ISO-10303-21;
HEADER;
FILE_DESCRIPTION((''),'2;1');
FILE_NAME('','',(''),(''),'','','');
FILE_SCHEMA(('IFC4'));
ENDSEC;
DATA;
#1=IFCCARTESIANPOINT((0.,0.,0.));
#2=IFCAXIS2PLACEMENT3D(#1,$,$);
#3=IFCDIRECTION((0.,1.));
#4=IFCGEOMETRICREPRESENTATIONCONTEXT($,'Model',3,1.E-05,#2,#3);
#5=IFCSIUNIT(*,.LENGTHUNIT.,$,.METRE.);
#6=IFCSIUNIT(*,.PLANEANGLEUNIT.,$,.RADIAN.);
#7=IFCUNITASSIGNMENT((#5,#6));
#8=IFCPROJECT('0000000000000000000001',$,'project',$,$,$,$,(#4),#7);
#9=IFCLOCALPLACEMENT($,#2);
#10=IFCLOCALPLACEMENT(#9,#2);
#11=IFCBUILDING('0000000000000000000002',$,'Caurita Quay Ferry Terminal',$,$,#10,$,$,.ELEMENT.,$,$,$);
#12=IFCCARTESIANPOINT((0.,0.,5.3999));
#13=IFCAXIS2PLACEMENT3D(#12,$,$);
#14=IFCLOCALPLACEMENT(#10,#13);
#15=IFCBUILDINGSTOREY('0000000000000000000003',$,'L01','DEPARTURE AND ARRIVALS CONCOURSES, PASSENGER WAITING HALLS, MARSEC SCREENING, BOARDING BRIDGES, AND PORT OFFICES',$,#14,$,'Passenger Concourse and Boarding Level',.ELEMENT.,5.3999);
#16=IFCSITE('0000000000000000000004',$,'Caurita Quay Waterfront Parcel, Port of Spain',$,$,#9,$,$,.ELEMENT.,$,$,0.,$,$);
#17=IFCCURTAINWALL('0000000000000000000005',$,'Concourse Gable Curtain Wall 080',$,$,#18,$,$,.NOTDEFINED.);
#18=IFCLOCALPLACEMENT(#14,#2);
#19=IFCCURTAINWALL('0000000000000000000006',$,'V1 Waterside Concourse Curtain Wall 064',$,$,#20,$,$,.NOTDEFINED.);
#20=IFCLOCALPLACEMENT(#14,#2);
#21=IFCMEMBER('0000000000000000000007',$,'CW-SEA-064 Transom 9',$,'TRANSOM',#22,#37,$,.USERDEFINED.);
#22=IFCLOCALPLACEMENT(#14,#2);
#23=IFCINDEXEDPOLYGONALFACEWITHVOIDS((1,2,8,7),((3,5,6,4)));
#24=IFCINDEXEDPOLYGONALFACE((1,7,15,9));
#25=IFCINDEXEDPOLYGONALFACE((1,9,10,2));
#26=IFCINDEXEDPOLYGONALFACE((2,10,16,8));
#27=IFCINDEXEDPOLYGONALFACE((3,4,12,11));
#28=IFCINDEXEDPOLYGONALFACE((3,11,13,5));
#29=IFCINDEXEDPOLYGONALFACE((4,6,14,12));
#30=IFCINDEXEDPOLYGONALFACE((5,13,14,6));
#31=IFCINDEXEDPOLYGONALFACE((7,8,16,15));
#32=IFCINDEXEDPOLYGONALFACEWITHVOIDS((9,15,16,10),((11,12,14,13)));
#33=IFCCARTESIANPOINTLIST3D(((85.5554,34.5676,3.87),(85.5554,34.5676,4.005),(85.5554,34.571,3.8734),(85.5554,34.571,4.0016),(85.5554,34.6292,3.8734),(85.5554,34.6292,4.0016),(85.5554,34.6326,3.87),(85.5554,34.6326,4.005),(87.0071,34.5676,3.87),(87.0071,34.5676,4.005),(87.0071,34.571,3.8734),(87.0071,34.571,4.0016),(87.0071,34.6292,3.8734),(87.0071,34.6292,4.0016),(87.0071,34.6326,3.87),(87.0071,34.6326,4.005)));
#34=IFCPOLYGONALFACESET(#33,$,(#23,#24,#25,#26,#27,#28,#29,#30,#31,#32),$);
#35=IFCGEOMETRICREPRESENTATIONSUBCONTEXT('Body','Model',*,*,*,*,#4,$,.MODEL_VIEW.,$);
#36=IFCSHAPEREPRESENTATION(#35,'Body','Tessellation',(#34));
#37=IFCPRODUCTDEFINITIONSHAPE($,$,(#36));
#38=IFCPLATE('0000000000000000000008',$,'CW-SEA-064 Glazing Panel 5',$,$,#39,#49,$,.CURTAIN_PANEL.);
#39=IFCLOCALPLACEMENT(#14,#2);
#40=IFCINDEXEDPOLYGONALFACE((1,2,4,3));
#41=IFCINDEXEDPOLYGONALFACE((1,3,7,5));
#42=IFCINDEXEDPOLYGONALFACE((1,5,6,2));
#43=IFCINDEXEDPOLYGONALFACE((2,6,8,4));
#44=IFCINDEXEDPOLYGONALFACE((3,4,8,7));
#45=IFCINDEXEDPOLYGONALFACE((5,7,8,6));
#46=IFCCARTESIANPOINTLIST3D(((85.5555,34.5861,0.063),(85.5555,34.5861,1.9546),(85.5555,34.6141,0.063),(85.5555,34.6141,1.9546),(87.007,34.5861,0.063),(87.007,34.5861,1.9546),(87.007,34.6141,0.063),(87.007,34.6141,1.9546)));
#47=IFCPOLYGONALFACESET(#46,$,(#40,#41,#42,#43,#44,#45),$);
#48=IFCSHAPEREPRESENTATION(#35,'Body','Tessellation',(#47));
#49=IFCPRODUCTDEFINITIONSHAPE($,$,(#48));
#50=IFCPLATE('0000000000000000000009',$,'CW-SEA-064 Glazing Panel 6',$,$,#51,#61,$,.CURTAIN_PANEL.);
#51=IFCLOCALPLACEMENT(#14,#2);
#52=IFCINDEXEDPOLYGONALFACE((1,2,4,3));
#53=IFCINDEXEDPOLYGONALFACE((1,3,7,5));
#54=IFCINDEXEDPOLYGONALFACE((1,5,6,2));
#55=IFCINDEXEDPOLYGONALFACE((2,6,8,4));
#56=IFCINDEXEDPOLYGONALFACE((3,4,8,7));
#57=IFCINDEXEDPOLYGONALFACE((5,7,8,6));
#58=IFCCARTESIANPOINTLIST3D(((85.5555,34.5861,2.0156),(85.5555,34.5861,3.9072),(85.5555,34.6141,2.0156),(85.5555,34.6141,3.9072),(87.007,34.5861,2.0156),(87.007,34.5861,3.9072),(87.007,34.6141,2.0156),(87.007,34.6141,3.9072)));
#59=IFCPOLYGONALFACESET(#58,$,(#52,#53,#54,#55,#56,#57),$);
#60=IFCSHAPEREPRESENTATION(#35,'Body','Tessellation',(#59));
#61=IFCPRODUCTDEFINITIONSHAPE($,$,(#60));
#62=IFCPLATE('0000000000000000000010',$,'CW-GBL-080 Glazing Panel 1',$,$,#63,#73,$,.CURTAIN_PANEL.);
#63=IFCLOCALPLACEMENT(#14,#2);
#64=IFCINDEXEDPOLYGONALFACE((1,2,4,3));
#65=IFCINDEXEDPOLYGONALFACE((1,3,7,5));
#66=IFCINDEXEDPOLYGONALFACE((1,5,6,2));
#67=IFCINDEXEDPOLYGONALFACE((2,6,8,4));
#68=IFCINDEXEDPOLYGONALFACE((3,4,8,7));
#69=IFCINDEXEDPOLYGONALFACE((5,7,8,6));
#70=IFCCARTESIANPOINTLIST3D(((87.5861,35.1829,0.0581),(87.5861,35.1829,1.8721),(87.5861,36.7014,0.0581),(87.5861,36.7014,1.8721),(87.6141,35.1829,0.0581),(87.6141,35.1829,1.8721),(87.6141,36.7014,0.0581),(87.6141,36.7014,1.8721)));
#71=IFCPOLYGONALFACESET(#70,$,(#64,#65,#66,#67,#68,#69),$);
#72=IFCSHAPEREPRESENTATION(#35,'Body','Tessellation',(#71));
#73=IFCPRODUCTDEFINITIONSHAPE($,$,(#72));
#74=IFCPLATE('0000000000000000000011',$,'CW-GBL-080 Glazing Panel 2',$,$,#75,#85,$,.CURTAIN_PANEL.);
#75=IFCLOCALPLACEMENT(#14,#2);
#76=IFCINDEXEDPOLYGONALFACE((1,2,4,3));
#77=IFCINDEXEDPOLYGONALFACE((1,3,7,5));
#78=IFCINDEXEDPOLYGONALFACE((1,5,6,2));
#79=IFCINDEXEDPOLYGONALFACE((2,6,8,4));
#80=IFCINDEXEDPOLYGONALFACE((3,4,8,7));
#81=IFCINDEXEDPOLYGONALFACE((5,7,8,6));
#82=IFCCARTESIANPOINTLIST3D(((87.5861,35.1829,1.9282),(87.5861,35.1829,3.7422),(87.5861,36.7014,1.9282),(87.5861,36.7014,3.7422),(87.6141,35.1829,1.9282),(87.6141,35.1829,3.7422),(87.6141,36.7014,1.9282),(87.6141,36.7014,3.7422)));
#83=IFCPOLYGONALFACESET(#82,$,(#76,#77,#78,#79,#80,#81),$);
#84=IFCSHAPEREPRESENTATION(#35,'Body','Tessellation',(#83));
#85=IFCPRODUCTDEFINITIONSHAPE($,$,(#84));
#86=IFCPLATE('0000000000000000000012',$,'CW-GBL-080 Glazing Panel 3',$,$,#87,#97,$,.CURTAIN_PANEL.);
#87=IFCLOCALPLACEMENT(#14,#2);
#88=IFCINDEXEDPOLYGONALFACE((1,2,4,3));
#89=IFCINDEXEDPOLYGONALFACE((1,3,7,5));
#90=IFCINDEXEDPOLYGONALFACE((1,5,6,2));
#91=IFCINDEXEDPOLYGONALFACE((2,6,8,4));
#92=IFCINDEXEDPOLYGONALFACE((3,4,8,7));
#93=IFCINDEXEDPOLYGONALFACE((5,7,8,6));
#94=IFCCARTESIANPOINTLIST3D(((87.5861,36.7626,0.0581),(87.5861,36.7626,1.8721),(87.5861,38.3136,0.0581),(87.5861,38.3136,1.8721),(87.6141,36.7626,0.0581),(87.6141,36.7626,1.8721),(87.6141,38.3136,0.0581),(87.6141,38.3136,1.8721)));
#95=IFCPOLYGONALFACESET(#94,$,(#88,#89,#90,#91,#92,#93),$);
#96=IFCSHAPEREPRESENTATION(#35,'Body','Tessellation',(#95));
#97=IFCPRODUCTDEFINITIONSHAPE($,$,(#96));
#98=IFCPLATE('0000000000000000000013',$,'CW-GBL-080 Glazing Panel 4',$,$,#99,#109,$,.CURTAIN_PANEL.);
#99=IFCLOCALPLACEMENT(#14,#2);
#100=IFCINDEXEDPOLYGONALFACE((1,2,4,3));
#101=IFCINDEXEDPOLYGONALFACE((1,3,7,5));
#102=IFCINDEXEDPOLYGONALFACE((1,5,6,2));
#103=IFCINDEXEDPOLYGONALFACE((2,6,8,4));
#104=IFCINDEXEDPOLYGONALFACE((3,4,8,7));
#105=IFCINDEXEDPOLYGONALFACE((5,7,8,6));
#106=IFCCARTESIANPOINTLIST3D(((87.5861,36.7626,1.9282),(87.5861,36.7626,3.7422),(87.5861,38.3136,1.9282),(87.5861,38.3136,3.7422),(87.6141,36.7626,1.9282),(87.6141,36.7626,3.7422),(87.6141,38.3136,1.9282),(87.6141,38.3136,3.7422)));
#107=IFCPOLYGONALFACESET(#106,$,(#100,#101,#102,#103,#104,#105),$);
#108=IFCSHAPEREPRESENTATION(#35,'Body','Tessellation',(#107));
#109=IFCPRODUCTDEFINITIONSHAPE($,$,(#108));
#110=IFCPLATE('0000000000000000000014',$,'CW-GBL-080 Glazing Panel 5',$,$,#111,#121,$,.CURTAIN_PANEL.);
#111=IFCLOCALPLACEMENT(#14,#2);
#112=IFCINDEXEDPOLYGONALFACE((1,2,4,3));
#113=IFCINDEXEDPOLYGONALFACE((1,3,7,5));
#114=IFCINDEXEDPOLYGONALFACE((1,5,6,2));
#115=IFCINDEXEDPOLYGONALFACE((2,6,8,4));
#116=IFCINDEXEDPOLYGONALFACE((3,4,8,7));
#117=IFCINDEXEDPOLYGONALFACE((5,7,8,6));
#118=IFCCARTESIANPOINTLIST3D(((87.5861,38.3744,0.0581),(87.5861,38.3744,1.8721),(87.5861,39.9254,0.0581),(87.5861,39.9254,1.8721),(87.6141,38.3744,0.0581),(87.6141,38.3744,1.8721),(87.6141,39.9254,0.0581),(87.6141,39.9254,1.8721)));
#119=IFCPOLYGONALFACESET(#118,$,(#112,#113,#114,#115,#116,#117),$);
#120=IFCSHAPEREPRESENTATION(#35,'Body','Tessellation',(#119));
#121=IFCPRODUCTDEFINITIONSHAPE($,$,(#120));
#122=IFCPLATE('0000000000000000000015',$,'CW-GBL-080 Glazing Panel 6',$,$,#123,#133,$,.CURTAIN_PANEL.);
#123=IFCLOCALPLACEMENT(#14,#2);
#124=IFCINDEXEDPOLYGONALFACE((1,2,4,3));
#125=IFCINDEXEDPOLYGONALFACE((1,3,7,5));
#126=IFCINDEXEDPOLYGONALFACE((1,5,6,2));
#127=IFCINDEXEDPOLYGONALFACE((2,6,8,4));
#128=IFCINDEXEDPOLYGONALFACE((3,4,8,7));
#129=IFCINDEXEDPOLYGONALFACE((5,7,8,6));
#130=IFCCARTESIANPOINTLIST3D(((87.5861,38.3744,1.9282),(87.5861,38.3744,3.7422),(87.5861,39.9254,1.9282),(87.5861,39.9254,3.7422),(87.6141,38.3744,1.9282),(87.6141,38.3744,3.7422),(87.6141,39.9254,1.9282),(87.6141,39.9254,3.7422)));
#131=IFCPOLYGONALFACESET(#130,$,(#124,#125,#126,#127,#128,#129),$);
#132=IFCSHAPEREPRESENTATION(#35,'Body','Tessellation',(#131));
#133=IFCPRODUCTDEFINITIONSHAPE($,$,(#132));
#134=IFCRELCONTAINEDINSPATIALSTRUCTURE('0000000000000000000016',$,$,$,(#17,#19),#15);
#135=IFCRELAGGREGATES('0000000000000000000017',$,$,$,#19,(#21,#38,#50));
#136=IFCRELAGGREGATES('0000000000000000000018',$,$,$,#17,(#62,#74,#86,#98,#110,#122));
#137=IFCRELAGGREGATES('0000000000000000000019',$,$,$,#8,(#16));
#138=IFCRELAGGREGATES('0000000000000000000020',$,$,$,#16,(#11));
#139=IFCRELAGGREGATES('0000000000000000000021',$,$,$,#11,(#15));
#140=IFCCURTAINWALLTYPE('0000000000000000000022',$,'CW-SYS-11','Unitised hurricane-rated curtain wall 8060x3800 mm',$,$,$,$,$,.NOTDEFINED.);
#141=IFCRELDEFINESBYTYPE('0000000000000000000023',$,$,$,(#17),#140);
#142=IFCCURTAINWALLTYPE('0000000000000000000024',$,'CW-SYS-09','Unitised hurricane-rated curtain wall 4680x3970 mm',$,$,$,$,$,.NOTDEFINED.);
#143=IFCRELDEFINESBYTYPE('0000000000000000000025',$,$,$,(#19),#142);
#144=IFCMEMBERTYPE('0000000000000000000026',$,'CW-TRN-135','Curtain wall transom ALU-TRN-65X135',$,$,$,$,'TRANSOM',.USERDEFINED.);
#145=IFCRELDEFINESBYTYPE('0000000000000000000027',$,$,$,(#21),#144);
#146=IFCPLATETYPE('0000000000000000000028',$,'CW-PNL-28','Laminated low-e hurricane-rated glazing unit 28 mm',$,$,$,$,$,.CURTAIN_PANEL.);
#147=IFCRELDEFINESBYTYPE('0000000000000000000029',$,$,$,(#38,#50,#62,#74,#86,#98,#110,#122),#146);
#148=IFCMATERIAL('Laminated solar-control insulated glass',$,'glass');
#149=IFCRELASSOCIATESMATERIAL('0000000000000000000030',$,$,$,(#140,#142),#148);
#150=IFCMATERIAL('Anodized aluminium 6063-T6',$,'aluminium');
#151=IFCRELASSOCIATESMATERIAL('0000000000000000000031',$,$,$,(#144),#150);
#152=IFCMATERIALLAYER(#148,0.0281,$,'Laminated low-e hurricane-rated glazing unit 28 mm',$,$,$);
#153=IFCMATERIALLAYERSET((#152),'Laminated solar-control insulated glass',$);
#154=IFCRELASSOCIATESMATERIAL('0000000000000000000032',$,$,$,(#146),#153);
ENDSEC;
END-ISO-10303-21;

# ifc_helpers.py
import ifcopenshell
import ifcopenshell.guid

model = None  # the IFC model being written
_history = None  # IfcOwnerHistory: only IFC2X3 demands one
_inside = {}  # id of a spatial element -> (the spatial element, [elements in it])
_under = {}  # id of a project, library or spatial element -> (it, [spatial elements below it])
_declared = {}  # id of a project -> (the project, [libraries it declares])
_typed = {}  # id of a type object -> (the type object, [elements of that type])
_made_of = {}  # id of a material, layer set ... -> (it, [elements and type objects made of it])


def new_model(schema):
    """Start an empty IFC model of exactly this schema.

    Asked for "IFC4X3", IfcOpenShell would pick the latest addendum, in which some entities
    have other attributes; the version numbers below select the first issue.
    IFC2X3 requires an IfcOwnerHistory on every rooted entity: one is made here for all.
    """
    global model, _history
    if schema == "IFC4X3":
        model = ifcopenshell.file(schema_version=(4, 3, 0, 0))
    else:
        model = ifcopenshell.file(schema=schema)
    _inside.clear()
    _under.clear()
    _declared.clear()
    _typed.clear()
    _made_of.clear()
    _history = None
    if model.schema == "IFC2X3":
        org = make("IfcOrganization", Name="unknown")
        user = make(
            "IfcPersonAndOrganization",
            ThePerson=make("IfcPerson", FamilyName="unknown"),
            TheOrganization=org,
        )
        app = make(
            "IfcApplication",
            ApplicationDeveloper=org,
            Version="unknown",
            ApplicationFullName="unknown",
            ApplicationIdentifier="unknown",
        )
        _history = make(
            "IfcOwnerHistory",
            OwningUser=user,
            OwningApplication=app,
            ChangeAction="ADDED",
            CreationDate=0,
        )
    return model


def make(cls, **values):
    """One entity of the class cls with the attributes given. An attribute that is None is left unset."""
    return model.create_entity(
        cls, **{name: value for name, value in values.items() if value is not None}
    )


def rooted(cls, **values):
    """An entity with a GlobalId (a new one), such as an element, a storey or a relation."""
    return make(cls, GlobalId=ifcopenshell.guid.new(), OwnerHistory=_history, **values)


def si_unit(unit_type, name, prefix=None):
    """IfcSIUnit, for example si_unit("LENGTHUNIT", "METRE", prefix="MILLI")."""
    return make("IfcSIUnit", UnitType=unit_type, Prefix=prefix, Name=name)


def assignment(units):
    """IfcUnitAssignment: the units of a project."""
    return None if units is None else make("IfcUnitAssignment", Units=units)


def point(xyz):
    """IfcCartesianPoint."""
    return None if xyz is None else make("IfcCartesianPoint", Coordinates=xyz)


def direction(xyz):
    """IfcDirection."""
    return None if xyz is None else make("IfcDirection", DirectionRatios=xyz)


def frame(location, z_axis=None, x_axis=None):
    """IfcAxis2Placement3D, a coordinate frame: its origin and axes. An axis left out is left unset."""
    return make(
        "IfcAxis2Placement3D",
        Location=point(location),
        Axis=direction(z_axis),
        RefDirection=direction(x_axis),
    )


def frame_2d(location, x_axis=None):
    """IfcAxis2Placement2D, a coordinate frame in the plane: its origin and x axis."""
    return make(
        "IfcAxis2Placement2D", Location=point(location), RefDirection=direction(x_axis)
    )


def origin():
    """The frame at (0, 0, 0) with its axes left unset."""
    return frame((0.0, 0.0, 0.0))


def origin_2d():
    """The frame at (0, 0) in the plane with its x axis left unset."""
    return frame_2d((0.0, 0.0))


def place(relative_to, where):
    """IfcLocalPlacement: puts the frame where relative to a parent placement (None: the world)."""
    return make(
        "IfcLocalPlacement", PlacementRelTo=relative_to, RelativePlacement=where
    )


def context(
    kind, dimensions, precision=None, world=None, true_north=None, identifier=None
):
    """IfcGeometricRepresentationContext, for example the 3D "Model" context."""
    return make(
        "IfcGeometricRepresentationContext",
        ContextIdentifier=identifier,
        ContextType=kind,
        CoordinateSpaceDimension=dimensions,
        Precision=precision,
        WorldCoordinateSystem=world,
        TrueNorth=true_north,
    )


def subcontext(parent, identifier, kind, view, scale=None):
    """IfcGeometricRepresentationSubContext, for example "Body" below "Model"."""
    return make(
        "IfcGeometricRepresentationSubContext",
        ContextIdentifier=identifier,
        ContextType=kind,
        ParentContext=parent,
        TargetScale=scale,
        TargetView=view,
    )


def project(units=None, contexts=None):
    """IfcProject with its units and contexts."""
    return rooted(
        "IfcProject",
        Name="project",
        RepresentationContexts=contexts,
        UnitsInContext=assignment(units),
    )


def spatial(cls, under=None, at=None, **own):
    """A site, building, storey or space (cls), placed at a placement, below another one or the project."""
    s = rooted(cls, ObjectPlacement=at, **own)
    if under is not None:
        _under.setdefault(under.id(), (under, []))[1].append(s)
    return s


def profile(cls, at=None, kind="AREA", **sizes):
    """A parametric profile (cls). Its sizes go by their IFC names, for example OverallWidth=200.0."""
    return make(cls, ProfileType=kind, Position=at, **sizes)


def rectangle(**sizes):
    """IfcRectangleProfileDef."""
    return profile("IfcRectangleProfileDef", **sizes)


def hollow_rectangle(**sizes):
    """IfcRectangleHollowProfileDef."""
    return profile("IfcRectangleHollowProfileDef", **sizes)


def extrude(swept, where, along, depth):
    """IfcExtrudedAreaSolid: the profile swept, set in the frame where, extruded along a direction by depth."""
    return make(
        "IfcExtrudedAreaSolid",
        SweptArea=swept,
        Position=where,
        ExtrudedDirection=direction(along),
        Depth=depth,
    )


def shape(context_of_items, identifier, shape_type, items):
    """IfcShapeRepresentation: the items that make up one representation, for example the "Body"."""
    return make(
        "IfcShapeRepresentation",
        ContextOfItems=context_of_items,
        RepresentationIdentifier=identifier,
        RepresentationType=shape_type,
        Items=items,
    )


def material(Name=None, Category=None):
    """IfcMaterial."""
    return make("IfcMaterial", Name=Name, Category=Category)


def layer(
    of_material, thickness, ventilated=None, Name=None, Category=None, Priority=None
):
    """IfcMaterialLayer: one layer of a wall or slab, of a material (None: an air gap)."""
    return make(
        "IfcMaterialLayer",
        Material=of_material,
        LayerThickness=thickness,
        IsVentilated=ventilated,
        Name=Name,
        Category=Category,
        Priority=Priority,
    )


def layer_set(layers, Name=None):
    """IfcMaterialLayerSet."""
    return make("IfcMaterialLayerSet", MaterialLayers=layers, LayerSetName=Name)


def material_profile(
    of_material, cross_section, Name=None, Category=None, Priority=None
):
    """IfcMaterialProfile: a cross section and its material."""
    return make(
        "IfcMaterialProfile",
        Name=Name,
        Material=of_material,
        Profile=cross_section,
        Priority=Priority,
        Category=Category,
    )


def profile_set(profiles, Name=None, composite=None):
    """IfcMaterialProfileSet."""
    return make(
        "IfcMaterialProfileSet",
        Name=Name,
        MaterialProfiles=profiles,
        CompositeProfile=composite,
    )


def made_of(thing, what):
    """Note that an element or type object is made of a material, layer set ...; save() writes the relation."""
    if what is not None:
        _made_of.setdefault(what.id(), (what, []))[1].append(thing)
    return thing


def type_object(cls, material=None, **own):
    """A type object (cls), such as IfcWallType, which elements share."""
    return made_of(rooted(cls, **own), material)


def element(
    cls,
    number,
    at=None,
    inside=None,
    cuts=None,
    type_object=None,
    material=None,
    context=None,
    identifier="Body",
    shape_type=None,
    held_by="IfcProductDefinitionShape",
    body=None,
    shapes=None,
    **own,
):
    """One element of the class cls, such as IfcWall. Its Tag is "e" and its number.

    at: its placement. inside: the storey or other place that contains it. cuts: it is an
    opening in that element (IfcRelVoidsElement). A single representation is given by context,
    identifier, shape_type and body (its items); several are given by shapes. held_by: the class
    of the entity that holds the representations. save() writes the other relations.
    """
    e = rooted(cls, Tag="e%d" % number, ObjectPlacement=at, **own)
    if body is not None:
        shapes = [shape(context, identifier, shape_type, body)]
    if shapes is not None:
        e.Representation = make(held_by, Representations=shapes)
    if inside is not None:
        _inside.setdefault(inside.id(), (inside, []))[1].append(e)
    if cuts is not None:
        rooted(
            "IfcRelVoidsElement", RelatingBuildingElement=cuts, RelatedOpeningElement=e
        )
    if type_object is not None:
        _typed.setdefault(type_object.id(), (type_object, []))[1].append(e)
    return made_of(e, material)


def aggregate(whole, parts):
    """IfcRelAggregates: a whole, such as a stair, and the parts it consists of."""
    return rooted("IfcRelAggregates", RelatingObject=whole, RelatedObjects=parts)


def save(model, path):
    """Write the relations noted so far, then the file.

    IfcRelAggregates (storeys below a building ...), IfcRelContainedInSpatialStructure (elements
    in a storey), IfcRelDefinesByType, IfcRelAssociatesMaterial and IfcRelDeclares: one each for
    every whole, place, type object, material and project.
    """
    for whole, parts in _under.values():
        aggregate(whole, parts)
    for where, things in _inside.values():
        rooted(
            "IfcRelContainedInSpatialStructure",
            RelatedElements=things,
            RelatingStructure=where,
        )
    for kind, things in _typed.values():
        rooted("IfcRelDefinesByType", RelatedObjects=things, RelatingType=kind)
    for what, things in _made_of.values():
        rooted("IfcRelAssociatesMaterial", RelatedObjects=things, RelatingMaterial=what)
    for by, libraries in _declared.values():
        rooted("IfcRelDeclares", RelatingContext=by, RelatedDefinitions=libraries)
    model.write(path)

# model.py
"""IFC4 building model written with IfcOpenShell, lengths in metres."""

from ifc_helpers import new_model, si_unit, direction, frame, origin, origin_2d, place, context, subcontext, project, spatial, rectangle, hollow_rectangle, extrude, material, layer, layer_set, material_profile, profile_set, type_object, element, aggregate, save


model = new_model("IFC4")

# Units and contexts
model_context = context("Model", 3, precision=1e-05, world=origin(), true_north=direction((0.0, 1.0)))
body_context = subcontext(model_context, "Body", "Model", "MODEL_VIEW")
ifc_project = project(units=[si_unit("LENGTHUNIT", "METRE"), si_unit("PLANEANGLEUNIT", "RADIAN")], contexts=[model_context])

# Site, building, storey
site_placement = place(None, origin())
site = spatial("IfcSite", under=ifc_project, at=site_placement, Name="Caurita Quay Waterfront Parcel, Port of Spain", CompositionType="ELEMENT", RefElevation=0.0)
building_placement = place(site_placement, origin())
building = spatial("IfcBuilding", under=site, at=building_placement, Name="Caurita Quay Ferry Terminal", CompositionType="ELEMENT")
storey_placement = place(building_placement, frame((0.0, 0.0, 5.3999)))
storey = spatial("IfcBuildingStorey", under=building, at=storey_placement, Name="L01", Description="DEPARTURE AND ARRIVALS CONCOURSES, PASSENGER WAITING HALLS, MARSEC SCREENING, BOARDING BRIDGES, AND PORT OFFICES", LongName="Passenger Concourse and Boarding Level", CompositionType="ELEMENT", Elevation=5.3999)

# Curtain wall
ifc_material_1 = material(Name="Laminated solar-control insulated glass", Category="glass")
curtain_wall_type_1 = type_object("IfcCurtainWallType", Name="CW-SYS-11", Description="Unitised hurricane-rated curtain wall 8060x3800 mm", PredefinedType="NOTDEFINED", material=ifc_material_1)
curtain_wall_1_placement = place(storey_placement, origin())
curtain_wall_1 = element("IfcCurtainWall", 1, at=curtain_wall_1_placement, inside=storey, type_object=curtain_wall_type_1, Name="Concourse Gable Curtain Wall 080", PredefinedType="NOTDEFINED")
ifc_material_2 = material(Name="Anodized aluminium 6063-T6", Category="aluminium")

# Curtain wall
curtain_wall_type_2 = type_object("IfcCurtainWallType", Name="CW-SYS-09", Description="Unitised hurricane-rated curtain wall 4680x3970 mm", PredefinedType="NOTDEFINED", material=ifc_material_1)
curtain_wall_2_placement = place(storey_placement, origin())
curtain_wall_2 = element("IfcCurtainWall", 2, at=curtain_wall_2_placement, inside=storey, type_object=curtain_wall_type_2, Name="V1 Waterside Concourse Curtain Wall 064", PredefinedType="NOTDEFINED")

# Member
ifc_material_profile_1 = material_profile(ifc_material_2, hollow_rectangle(XDim=0.0649, YDim=0.135, WallThickness=0.0034, at=origin_2d()), Name="ALU-TRN-65X135")
ifc_profile_set_1 = profile_set([ifc_material_profile_1], Name="Anodized aluminium 6063-T6")
member_type_1 = type_object("IfcMemberType", Name="CW-TRN-135", Description="Curtain wall transom ALU-TRN-65X135", ElementType="TRANSOM", PredefinedType="USERDEFINED", material=ifc_profile_set_1)
member_1_placement = place(storey_placement, frame((85.5554, 34.6001, 3.9375), z_axis=(1.0, 0.0, 0.0), x_axis=(0.0, 1.0, 0.0)))
member_1 = element("IfcMember", 3, at=member_1_placement, type_object=member_type_1, Name="CW-SEA-064 Transom 9", ObjectType="TRANSOM", PredefinedType="USERDEFINED", context=body_context, shape_type="SweptSolid", body=[
    extrude(hollow_rectangle(XDim=0.0649, YDim=0.135, WallThickness=0.0034, at=origin_2d()), origin(), (0.0, 0.0, 1.0), 1.4517),
])

# Plates
ifc_layer = layer(ifc_material_1, 0.0281, Name="Laminated low-e hurricane-rated glazing unit 28 mm")
ifc_layer_set = layer_set([ifc_layer], Name="Laminated solar-control insulated glass")
plate_type = type_object("IfcPlateType", Name="CW-PNL-28", Description="Laminated low-e hurricane-rated glazing unit 28 mm", PredefinedType="CURTAIN_PANEL", material=ifc_layer_set)
plate_1_placement = place(storey_placement, frame((86.2812, 34.6001, 0.063), z_axis=(0.0, 0.0, 1.0), x_axis=(1.0, 0.0, 0.0)))
plate_1 = element("IfcPlate", 4, at=plate_1_placement, type_object=plate_type, Name="CW-SEA-064 Glazing Panel 5", PredefinedType="CURTAIN_PANEL", context=body_context, shape_type="SweptSolid", body=[
    extrude(rectangle(XDim=1.4514, YDim=0.0281, at=origin_2d()), origin(), (0.0, 0.0, 1.0), 1.8916),
])
plate_2_placement = place(storey_placement, frame((86.2812, 34.6001, 2.0156), z_axis=(0.0, 0.0, 1.0), x_axis=(1.0, 0.0, 0.0)))
plate_2 = element("IfcPlate", 5, at=plate_2_placement, type_object=plate_type, Name="CW-SEA-064 Glazing Panel 6", PredefinedType="CURTAIN_PANEL", context=body_context, shape_type="SweptSolid", body=[
    extrude(rectangle(XDim=1.4514, YDim=0.0281, at=origin_2d()), origin(), (0.0, 0.0, 1.0), 1.8916),
])
aggregate(curtain_wall_2, [member_1, plate_1, plate_2])
plate_3_placement = place(storey_placement, frame((87.6001, 35.9421, 0.0581), z_axis=(0.0, 0.0, 1.0), x_axis=(0.0, 1.0, 0.0)))
plate_3 = element("IfcPlate", 6, at=plate_3_placement, type_object=plate_type, Name="CW-GBL-080 Glazing Panel 1", PredefinedType="CURTAIN_PANEL", context=body_context, shape_type="SweptSolid", body=[
    extrude(rectangle(XDim=1.5186, YDim=0.0281, at=origin_2d()), origin(), (0.0, 0.0, 1.0), 1.814),
])
plate_4_placement = place(storey_placement, frame((87.6001, 35.9421, 1.9282), z_axis=(0.0, 0.0, 1.0), x_axis=(0.0, 1.0, 0.0)))
plate_4 = element("IfcPlate", 7, at=plate_4_placement, type_object=plate_type, Name="CW-GBL-080 Glazing Panel 2", PredefinedType="CURTAIN_PANEL", context=body_context, shape_type="SweptSolid", body=[
    extrude(rectangle(XDim=1.5186, YDim=0.0281, at=origin_2d()), origin(), (0.0, 0.0, 1.0), 1.814),
])
plate_5_placement = place(storey_placement, frame((87.6001, 37.5381, 0.0581), z_axis=(0.0, 0.0, 1.0), x_axis=(0.0, 1.0, 0.0)))
plate_5 = element("IfcPlate", 8, at=plate_5_placement, type_object=plate_type, Name="CW-GBL-080 Glazing Panel 3", PredefinedType="CURTAIN_PANEL", context=body_context, shape_type="SweptSolid", body=[
    extrude(rectangle(XDim=1.551, YDim=0.0281, at=origin_2d()), origin(), (0.0, 0.0, 1.0), 1.814),
])
plate_6_placement = place(storey_placement, frame((87.6001, 37.5381, 1.9282), z_axis=(0.0, 0.0, 1.0), x_axis=(0.0, 1.0, 0.0)))
plate_6 = element("IfcPlate", 9, at=plate_6_placement, type_object=plate_type, Name="CW-GBL-080 Glazing Panel 4", PredefinedType="CURTAIN_PANEL", context=body_context, shape_type="SweptSolid", body=[
    extrude(rectangle(XDim=1.551, YDim=0.0281, at=origin_2d()), origin(), (0.0, 0.0, 1.0), 1.814),
])
plate_7_placement = place(storey_placement, frame((87.6001, 39.1499, 0.0581), z_axis=(0.0, 0.0, 1.0), x_axis=(0.0, 1.0, 0.0)))
plate_7 = element("IfcPlate", 10, at=plate_7_placement, type_object=plate_type, Name="CW-GBL-080 Glazing Panel 5", PredefinedType="CURTAIN_PANEL", context=body_context, shape_type="SweptSolid", body=[
    extrude(rectangle(XDim=1.551, YDim=0.0281, at=origin_2d()), origin(), (0.0, 0.0, 1.0), 1.814),
])
plate_8_placement = place(storey_placement, frame((87.6001, 39.1499, 1.9282), z_axis=(0.0, 0.0, 1.0), x_axis=(0.0, 1.0, 0.0)))
plate_8 = element("IfcPlate", 11, at=plate_8_placement, type_object=plate_type, Name="CW-GBL-080 Glazing Panel 6", PredefinedType="CURTAIN_PANEL", context=body_context, shape_type="SweptSolid", body=[
    extrude(rectangle(XDim=1.551, YDim=0.0281, at=origin_2d()), origin(), (0.0, 0.0, 1.0), 1.814),
])
aggregate(curtain_wall_1, [plate_3, plate_4, plate_5, plate_6, plate_7, plate_8])

save(model, "model.ifc")
